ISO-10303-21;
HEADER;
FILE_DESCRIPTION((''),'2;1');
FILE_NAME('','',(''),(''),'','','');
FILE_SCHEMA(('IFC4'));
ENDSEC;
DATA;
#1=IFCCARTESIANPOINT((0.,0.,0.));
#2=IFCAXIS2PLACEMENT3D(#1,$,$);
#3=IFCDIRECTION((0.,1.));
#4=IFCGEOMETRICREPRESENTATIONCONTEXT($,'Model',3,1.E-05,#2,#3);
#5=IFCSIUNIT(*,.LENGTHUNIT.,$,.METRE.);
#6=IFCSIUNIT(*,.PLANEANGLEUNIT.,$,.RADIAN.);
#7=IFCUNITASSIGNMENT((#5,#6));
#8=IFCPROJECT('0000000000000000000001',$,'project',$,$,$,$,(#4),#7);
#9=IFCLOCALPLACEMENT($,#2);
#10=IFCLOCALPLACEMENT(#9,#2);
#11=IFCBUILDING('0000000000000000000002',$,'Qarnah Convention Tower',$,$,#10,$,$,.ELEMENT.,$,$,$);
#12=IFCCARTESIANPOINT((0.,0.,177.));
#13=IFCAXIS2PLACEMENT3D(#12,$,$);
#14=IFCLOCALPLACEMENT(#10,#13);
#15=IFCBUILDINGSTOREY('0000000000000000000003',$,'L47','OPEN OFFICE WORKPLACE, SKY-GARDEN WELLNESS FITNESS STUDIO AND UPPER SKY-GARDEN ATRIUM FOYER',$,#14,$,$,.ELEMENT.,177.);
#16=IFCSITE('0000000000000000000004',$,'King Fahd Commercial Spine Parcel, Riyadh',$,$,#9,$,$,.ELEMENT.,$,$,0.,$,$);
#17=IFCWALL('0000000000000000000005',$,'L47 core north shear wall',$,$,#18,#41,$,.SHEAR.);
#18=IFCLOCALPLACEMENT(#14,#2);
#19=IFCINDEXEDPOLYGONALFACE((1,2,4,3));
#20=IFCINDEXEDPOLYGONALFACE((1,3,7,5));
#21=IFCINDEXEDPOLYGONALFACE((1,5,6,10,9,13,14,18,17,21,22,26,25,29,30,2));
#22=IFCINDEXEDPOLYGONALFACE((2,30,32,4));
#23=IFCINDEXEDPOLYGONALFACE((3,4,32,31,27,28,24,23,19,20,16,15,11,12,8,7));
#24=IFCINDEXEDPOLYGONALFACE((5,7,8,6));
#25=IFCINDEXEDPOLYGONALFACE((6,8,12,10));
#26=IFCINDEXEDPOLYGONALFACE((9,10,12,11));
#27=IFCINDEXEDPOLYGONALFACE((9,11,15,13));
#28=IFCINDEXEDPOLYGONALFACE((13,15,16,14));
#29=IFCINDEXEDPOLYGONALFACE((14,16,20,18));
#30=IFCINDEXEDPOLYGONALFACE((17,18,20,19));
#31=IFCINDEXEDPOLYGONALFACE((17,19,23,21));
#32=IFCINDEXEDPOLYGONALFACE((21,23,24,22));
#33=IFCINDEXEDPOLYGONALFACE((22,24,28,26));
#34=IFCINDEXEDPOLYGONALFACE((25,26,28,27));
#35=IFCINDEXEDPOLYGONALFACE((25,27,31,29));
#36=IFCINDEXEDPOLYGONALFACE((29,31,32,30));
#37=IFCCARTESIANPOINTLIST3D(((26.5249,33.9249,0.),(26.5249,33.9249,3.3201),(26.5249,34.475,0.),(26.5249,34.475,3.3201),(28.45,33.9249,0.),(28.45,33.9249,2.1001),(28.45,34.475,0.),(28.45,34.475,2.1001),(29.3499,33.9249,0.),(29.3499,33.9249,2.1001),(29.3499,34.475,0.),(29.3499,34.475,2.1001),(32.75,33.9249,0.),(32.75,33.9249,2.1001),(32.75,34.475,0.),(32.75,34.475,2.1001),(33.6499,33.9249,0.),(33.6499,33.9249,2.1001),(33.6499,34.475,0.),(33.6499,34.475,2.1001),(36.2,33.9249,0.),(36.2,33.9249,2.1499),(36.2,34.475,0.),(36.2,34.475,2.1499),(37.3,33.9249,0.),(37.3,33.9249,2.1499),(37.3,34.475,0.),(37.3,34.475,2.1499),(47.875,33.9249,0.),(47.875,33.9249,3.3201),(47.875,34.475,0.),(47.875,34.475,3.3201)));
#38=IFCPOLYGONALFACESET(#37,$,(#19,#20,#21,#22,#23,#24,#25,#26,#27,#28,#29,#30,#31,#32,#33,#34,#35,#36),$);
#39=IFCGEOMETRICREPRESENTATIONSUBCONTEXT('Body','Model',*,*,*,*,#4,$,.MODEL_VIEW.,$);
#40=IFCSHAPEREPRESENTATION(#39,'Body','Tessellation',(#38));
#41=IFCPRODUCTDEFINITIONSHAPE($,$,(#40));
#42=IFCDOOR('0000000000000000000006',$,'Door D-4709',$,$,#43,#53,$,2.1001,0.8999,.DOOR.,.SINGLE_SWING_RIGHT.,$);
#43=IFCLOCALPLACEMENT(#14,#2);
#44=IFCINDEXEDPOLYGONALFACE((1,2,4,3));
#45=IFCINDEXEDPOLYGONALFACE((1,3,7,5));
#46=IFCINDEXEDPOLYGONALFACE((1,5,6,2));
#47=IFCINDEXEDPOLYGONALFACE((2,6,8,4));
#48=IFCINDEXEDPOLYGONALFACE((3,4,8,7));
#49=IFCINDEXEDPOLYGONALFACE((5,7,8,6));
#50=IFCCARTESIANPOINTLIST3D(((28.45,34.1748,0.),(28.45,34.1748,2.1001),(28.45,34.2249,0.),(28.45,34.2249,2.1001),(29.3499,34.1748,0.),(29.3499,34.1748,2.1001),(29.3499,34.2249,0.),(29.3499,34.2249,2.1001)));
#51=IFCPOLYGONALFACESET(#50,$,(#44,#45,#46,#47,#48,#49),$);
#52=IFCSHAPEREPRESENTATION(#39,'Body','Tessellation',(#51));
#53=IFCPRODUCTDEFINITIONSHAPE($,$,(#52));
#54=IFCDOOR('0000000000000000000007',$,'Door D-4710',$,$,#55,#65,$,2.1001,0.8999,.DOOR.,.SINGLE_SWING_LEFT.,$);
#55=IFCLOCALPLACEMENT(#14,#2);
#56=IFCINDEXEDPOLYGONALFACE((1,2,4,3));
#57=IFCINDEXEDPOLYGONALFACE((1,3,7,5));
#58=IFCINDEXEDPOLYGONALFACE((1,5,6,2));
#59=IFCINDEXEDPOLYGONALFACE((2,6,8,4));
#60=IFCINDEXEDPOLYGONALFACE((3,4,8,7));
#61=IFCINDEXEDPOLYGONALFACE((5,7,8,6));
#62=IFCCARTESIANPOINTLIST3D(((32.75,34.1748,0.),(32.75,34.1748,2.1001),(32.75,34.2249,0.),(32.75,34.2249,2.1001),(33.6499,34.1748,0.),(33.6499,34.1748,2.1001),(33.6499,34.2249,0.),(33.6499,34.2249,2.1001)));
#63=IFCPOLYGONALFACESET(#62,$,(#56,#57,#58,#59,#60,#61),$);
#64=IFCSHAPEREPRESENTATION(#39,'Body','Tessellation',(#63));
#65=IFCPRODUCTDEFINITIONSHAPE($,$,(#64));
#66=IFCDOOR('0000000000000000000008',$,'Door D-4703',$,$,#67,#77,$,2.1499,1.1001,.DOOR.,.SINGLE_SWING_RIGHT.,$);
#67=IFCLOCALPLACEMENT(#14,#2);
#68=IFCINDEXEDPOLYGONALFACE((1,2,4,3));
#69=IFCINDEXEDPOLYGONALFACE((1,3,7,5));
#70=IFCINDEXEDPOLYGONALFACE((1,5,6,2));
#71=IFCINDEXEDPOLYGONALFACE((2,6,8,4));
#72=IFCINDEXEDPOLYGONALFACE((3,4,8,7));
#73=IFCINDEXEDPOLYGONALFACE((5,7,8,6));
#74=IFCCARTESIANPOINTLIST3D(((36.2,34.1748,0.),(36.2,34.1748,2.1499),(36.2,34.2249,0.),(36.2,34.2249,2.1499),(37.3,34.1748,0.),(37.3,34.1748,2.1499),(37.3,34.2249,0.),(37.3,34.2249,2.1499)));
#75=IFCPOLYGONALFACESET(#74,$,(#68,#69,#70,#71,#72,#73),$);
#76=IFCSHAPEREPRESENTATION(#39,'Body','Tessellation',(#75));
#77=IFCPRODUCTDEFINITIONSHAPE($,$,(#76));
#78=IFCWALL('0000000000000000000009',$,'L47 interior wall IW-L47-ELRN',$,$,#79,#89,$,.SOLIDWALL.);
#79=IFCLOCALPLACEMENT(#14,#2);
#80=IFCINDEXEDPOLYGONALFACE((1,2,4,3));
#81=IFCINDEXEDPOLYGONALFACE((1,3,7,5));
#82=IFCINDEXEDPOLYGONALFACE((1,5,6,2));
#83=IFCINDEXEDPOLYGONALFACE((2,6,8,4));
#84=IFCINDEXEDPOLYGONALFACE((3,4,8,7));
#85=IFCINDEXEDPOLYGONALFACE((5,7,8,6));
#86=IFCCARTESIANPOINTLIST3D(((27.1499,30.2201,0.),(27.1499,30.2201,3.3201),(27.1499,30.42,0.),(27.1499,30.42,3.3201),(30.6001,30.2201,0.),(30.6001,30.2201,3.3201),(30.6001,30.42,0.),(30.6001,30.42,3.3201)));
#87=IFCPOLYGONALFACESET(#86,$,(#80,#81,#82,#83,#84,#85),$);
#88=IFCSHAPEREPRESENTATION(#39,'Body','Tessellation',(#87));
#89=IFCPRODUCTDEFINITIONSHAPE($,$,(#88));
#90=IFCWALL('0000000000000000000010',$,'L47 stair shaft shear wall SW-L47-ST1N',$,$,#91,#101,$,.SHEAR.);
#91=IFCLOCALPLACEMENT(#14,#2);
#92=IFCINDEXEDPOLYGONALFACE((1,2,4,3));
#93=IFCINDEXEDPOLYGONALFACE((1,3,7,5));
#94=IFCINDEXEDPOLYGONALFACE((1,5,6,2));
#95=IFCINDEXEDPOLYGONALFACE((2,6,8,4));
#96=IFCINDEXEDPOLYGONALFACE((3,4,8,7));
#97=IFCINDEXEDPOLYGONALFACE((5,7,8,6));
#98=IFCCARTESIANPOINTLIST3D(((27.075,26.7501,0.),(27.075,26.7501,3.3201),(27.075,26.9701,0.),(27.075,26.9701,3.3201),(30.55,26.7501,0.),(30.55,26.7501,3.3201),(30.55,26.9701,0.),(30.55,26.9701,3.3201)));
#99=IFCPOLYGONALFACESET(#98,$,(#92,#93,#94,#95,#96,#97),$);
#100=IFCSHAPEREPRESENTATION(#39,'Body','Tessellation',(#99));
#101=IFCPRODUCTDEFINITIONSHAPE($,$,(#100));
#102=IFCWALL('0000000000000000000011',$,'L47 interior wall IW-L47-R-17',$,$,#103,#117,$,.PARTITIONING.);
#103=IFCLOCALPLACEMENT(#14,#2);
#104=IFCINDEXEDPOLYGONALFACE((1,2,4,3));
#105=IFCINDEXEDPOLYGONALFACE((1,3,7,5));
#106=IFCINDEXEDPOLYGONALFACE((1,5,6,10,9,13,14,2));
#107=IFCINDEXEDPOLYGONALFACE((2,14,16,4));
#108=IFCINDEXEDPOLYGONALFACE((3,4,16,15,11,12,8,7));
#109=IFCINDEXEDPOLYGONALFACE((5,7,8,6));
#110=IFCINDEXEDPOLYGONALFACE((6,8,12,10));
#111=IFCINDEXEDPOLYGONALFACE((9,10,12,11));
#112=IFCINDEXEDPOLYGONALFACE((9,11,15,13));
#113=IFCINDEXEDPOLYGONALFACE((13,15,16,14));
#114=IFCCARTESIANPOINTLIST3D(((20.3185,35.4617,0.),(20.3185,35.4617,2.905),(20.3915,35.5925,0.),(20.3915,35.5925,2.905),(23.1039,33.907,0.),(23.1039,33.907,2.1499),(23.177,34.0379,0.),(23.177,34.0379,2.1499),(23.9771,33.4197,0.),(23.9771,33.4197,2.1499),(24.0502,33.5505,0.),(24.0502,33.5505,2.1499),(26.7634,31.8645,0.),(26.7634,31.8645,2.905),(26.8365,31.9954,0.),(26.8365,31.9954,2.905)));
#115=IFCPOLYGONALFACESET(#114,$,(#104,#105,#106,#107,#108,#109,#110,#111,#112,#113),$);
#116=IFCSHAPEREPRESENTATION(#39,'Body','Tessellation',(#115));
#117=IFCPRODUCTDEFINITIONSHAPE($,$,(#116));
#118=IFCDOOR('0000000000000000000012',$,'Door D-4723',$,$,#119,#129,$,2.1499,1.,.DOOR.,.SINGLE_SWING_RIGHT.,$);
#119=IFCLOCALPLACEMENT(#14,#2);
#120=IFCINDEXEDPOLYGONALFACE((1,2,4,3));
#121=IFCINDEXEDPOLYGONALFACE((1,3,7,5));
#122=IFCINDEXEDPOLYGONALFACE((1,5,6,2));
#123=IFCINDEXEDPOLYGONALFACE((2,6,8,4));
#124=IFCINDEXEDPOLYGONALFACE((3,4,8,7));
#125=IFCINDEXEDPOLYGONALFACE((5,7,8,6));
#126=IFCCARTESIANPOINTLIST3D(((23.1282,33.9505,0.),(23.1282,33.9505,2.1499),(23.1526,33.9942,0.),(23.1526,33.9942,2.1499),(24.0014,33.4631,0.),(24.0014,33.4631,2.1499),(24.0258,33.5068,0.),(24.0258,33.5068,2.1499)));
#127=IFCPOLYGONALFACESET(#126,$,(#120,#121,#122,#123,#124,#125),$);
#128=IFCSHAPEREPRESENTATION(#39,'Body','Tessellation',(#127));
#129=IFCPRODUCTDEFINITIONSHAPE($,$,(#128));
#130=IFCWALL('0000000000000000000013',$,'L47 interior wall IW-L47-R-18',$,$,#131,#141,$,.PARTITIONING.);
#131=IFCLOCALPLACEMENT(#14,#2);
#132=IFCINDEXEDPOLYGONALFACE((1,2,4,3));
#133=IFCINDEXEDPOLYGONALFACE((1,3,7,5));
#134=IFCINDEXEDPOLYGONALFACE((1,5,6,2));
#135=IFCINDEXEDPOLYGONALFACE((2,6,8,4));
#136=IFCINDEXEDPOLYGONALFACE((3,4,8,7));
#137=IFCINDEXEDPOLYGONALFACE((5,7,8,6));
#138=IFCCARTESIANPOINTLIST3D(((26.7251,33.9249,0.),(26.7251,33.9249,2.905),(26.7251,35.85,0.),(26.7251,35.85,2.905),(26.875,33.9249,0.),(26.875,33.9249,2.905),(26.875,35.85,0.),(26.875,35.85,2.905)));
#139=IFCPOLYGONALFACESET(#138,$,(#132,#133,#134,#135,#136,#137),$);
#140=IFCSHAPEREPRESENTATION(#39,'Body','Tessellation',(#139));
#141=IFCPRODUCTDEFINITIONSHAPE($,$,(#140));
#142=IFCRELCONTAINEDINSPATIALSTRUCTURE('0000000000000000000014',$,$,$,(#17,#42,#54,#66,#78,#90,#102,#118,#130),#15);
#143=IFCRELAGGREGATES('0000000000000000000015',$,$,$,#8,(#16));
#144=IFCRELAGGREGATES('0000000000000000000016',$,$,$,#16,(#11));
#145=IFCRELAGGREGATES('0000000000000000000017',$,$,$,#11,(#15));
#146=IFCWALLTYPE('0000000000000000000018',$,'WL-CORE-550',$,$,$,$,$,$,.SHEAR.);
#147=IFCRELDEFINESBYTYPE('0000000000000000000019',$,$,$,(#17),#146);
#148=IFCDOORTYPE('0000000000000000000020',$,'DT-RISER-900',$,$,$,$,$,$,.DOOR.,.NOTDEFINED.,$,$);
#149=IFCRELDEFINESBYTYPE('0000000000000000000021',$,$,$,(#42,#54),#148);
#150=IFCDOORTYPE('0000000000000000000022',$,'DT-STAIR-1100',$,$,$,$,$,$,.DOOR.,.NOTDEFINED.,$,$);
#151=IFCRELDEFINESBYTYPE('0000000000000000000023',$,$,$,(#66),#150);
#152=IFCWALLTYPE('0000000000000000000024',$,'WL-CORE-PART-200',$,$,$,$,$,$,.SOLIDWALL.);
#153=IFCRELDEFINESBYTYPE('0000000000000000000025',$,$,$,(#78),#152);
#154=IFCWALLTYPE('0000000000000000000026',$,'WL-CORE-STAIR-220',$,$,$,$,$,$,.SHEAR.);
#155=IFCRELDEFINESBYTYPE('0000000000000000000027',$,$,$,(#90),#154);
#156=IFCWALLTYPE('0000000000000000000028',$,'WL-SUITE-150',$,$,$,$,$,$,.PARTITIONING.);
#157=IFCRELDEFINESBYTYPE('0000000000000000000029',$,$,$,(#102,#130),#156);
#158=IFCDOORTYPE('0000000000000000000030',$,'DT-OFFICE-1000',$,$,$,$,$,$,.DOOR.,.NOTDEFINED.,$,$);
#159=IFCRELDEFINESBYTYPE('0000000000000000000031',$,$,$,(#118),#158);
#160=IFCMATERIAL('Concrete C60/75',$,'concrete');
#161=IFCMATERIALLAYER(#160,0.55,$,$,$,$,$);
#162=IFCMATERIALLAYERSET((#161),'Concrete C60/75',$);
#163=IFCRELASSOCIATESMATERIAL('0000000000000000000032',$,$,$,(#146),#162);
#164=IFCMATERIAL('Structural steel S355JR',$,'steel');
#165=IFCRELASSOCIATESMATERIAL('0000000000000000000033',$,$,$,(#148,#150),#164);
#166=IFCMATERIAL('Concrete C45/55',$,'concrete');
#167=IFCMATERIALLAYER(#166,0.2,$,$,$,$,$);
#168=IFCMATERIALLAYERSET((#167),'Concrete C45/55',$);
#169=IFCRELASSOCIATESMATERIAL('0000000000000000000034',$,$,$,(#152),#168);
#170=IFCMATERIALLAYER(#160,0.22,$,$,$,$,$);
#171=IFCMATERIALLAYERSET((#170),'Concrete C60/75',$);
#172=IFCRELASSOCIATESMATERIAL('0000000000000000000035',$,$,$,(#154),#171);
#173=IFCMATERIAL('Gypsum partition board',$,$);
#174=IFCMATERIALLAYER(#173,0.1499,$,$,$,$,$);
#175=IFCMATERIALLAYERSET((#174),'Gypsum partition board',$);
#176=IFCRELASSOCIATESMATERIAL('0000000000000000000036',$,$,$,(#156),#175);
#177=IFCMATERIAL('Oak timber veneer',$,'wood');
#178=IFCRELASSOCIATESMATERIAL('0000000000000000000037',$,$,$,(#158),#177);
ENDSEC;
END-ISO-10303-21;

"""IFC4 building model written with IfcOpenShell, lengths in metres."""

from ifc_helpers import new_model, si_unit, direction, frame, frame_2d, origin, place, context, subcontext, project, spatial, rectangle, extrude, material, layer, layer_set, type_object, element, fill, save


model = new_model("IFC4")

# Units and contexts
model_context = context("Model", 3, precision=1e-05, world=origin(), true_north=direction((0.0, 1.0)))
body_context = subcontext(model_context, "Body", "Model", "MODEL_VIEW")
ifc_project = project(units=[si_unit("LENGTHUNIT", "METRE"), si_unit("PLANEANGLEUNIT", "RADIAN")], contexts=[model_context])

# Site, building, storey
site_placement = place(None, origin())
site = spatial("IfcSite", under=ifc_project, at=site_placement, Name="King Fahd Commercial Spine Parcel, Riyadh", CompositionType="ELEMENT", RefElevation=0.0)
building_placement = place(site_placement, origin())
building = spatial("IfcBuilding", under=site, at=building_placement, Name="Qarnah Convention Tower", CompositionType="ELEMENT")
storey_placement = place(building_placement, frame((0.0, 0.0, 177.0)))
storey = spatial("IfcBuildingStorey", under=building, at=storey_placement, Name="L47", Description="OPEN OFFICE WORKPLACE, SKY-GARDEN WELLNESS FITNESS STUDIO AND UPPER SKY-GARDEN ATRIUM FOYER", CompositionType="ELEMENT", Elevation=177.0)

# Shared definitions
ifc_material_1 = material(Name="Structural steel S355JR", Category="steel")

# Wall, openings, doors
ifc_material_2 = material(Name="Concrete C60/75", Category="concrete")
ifc_layer_1 = layer(ifc_material_2, 0.55)
ifc_layer_set_1 = layer_set([ifc_layer_1], Name="Concrete C60/75")
wall_type_1 = type_object("IfcWallType", Name="WL-CORE-550", PredefinedType="SHEAR", material=ifc_layer_set_1)
wall_1_placement = place(storey_placement, frame((26.5249, 34.2, 0.0), z_axis=(0.0, 0.0, 1.0), x_axis=(1.0, 0.0, 0.0)))
wall_1 = element("IfcWall", 1, at=wall_1_placement, inside=storey, type_object=wall_type_1, Name="L47 core north shear wall", PredefinedType="SHEAR", context=body_context, shape_type="SweptSolid", body=[
    extrude(rectangle(XDim=21.3501, YDim=0.55, at=frame_2d((10.675, 0.0))), origin(), (0.0, 0.0, 1.0), 3.3201),
])
opening_1_placement = place(wall_1_placement, frame((9.675, 0.0, 0.0)))
opening_1 = element("IfcOpeningElement", 2, at=opening_1_placement, cuts=wall_1, PredefinedType="OPENING", context=body_context, shape_type="SweptSolid", body=[
    extrude(rectangle(XDim=1.1001, YDim=2.1499, at=frame_2d((0.55, 1.075))), frame((0.0, 0.2849, 0.0), z_axis=(0.0, -1.0, 0.0), x_axis=(1.0, 0.0, 0.0)), (0.0, 0.0, 1.0), 0.5701),
])
opening_2_placement = place(wall_1_placement, frame((1.925, 0.0, 0.0)))
opening_2 = element("IfcOpeningElement", 3, at=opening_2_placement, cuts=wall_1, PredefinedType="OPENING", context=body_context, shape_type="SweptSolid", body=[
    extrude(rectangle(XDim=0.8999, YDim=2.1001, at=frame_2d((0.45, 1.05))), frame((0.0, 0.2849, 0.0), z_axis=(0.0, -1.0, 0.0), x_axis=(1.0, 0.0, 0.0)), (0.0, 0.0, 1.0), 0.5701),
])
opening_3_placement = place(wall_1_placement, frame((6.2251, 0.0, 0.0)))
opening_3 = element("IfcOpeningElement", 4, at=opening_3_placement, cuts=wall_1, PredefinedType="OPENING", context=body_context, shape_type="SweptSolid", body=[
    extrude(rectangle(XDim=0.8999, YDim=2.1001, at=frame_2d((0.45, 1.05))), frame((0.0, 0.2849, 0.0), z_axis=(0.0, -1.0, 0.0), x_axis=(1.0, 0.0, 0.0)), (0.0, 0.0, 1.0), 0.5701),
])
door_type_1 = type_object("IfcDoorType", Name="DT-RISER-900", OperationType="NOTDEFINED", PredefinedType="DOOR", material=ifc_material_1)
door_1_placement = place(opening_2_placement, origin())
door_1 = element("IfcDoor", 5, at=door_1_placement, inside=storey, type_object=door_type_1, Name="Door D-4709", OperationType="SINGLE_SWING_RIGHT", OverallHeight=2.1001, OverallWidth=0.8999, PredefinedType="DOOR", context=body_context, shape_type="SweptSolid", body=[
    extrude(rectangle(XDim=0.8999, YDim=2.1001, at=frame_2d((0.45, 1.05))), frame((0.0, 0.0249, 0.0), z_axis=(0.0, -1.0, 0.0), x_axis=(1.0, 0.0, 0.0)), (0.0, 0.0, 1.0), 0.05),
])
fill(opening_2, door_1)
door_2_placement = place(opening_3_placement, origin())
door_2 = element("IfcDoor", 6, at=door_2_placement, inside=storey, type_object=door_type_1, Name="Door D-4710", OperationType="SINGLE_SWING_LEFT", OverallHeight=2.1001, OverallWidth=0.8999, PredefinedType="DOOR", context=body_context, shape_type="SweptSolid", body=[
    extrude(rectangle(XDim=0.8999, YDim=2.1001, at=frame_2d((0.45, 1.05))), frame((0.0, 0.0249, 0.0), z_axis=(0.0, -1.0, 0.0), x_axis=(1.0, 0.0, 0.0)), (0.0, 0.0, 1.0), 0.05),
])
fill(opening_3, door_2)
door_type_2 = type_object("IfcDoorType", Name="DT-STAIR-1100", OperationType="NOTDEFINED", PredefinedType="DOOR", material=ifc_material_1)
door_3_placement = place(opening_1_placement, origin())
door_3 = element("IfcDoor", 7, at=door_3_placement, inside=storey, type_object=door_type_2, Name="Door D-4703", OperationType="SINGLE_SWING_RIGHT", OverallHeight=2.1499, OverallWidth=1.1001, PredefinedType="DOOR", context=body_context, shape_type="SweptSolid", body=[
    extrude(rectangle(XDim=1.1001, YDim=2.1499, at=frame_2d((0.55, 1.075))), frame((0.0, 0.0249, 0.0), z_axis=(0.0, -1.0, 0.0), x_axis=(1.0, 0.0, 0.0)), (0.0, 0.0, 1.0), 0.05),
])
fill(opening_1, door_3)

# Walls
ifc_material_3 = material(Name="Concrete C45/55", Category="concrete")
ifc_layer_2 = layer(ifc_material_3, 0.2)
ifc_layer_set_2 = layer_set([ifc_layer_2], Name="Concrete C45/55")
wall_type_2 = type_object("IfcWallType", Name="WL-CORE-PART-200", PredefinedType="SOLIDWALL", material=ifc_layer_set_2)
wall_2_placement = place(storey_placement, frame((27.1499, 30.3201, 0.0), z_axis=(0.0, 0.0, 1.0), x_axis=(1.0, 0.0, 0.0)))
element("IfcWall", 8, at=wall_2_placement, inside=storey, type_object=wall_type_2, Name="L47 interior wall IW-L47-ELRN", PredefinedType="SOLIDWALL", context=body_context, shape_type="SweptSolid", body=[
    extrude(rectangle(XDim=3.4502, YDim=0.2, at=frame_2d((1.7251, 0.0))), origin(), (0.0, 0.0, 1.0), 3.3201),
])
ifc_layer_3 = layer(ifc_material_2, 0.22)
ifc_layer_set_3 = layer_set([ifc_layer_3], Name="Concrete C60/75")
wall_type_3 = type_object("IfcWallType", Name="WL-CORE-STAIR-220", PredefinedType="SHEAR", material=ifc_layer_set_3)
wall_3_placement = place(storey_placement, frame((27.075, 26.8601, 0.0), z_axis=(0.0, 0.0, 1.0), x_axis=(1.0, 0.0, 0.0)))
element("IfcWall", 9, at=wall_3_placement, inside=storey, type_object=wall_type_3, Name="L47 stair shaft shear wall SW-L47-ST1N", PredefinedType="SHEAR", context=body_context, shape_type="SweptSolid", body=[
    extrude(rectangle(XDim=3.4751, YDim=0.22, at=frame_2d((1.7375, 0.0))), origin(), (0.0, 0.0, 1.0), 3.3201),
])

# Wall, opening, door
ifc_material_4 = material(Name="Gypsum partition board")
ifc_layer_4 = layer(ifc_material_4, 0.1499)
ifc_layer_set_4 = layer_set([ifc_layer_4], Name="Gypsum partition board")
wall_type_4 = type_object("IfcWallType", Name="WL-SUITE-150", PredefinedType="PARTITIONING", material=ifc_layer_set_4)
wall_4_placement = place(storey_placement, frame((20.355, 35.5271, 0.0), z_axis=(0.0, 0.0, 1.0), x_axis=(0.873202, -0.487358, 0.0)))
wall_4 = element("IfcWall", 10, at=wall_4_placement, inside=storey, type_object=wall_type_4, Name="L47 interior wall IW-L47-R-17", PredefinedType="PARTITIONING", context=body_context, shape_type="SweptSolid", body=[
    extrude(rectangle(XDim=7.3809, YDim=0.1499, at=frame_2d((3.6904, 0.0))), origin(), (0.0, 0.0, 1.0), 2.905),
])
opening_4_placement = place(wall_4_placement, frame((3.1899, 0.0, 0.0)))
opening_4 = element("IfcOpeningElement", 11, at=opening_4_placement, cuts=wall_4, PredefinedType="OPENING", context=body_context, shape_type="SweptSolid", body=[
    extrude(rectangle(XDim=1.0, YDim=2.1499, at=frame_2d((0.5, 1.075))), frame((0.0, 0.085, 0.0), z_axis=(0.0, -1.0, 0.0), x_axis=(1.0, 0.0, 0.0)), (0.0, 0.0, 1.0), 0.1699),
])
ifc_material_5 = material(Name="Oak timber veneer", Category="wood")
door_type_3 = type_object("IfcDoorType", Name="DT-OFFICE-1000", OperationType="NOTDEFINED", PredefinedType="DOOR", material=ifc_material_5)
door_4_placement = place(opening_4_placement, origin())
door_4 = element("IfcDoor", 12, at=door_4_placement, inside=storey, type_object=door_type_3, Name="Door D-4723", OperationType="SINGLE_SWING_RIGHT", OverallHeight=2.1499, OverallWidth=1.0, PredefinedType="DOOR", context=body_context, shape_type="SweptSolid", body=[
    extrude(rectangle(XDim=1.0, YDim=2.1499, at=frame_2d((0.5, 1.075))), frame((0.0, 0.0249, 0.0), z_axis=(0.0, -1.0, 0.0), x_axis=(1.0, 0.0, 0.0)), (0.0, 0.0, 1.0), 0.05),
])
fill(opening_4, door_4)

# Wall
wall_5_placement = place(storey_placement, frame((26.8, 33.925, 0.0), z_axis=(0.0, 0.0, 1.0), x_axis=(0.0, 1.0, 0.0)))
element("IfcWall", 13, at=wall_5_placement, inside=storey, type_object=wall_type_4, Name="L47 interior wall IW-L47-R-18", PredefinedType="PARTITIONING", context=body_context, shape_type="SweptSolid", body=[
    extrude(rectangle(XDim=1.925, YDim=0.1499, at=frame_2d((0.9624, 0.0))), origin(), (0.0, 0.0, 1.0), 2.905),
])

save(model, "model.ifc")
